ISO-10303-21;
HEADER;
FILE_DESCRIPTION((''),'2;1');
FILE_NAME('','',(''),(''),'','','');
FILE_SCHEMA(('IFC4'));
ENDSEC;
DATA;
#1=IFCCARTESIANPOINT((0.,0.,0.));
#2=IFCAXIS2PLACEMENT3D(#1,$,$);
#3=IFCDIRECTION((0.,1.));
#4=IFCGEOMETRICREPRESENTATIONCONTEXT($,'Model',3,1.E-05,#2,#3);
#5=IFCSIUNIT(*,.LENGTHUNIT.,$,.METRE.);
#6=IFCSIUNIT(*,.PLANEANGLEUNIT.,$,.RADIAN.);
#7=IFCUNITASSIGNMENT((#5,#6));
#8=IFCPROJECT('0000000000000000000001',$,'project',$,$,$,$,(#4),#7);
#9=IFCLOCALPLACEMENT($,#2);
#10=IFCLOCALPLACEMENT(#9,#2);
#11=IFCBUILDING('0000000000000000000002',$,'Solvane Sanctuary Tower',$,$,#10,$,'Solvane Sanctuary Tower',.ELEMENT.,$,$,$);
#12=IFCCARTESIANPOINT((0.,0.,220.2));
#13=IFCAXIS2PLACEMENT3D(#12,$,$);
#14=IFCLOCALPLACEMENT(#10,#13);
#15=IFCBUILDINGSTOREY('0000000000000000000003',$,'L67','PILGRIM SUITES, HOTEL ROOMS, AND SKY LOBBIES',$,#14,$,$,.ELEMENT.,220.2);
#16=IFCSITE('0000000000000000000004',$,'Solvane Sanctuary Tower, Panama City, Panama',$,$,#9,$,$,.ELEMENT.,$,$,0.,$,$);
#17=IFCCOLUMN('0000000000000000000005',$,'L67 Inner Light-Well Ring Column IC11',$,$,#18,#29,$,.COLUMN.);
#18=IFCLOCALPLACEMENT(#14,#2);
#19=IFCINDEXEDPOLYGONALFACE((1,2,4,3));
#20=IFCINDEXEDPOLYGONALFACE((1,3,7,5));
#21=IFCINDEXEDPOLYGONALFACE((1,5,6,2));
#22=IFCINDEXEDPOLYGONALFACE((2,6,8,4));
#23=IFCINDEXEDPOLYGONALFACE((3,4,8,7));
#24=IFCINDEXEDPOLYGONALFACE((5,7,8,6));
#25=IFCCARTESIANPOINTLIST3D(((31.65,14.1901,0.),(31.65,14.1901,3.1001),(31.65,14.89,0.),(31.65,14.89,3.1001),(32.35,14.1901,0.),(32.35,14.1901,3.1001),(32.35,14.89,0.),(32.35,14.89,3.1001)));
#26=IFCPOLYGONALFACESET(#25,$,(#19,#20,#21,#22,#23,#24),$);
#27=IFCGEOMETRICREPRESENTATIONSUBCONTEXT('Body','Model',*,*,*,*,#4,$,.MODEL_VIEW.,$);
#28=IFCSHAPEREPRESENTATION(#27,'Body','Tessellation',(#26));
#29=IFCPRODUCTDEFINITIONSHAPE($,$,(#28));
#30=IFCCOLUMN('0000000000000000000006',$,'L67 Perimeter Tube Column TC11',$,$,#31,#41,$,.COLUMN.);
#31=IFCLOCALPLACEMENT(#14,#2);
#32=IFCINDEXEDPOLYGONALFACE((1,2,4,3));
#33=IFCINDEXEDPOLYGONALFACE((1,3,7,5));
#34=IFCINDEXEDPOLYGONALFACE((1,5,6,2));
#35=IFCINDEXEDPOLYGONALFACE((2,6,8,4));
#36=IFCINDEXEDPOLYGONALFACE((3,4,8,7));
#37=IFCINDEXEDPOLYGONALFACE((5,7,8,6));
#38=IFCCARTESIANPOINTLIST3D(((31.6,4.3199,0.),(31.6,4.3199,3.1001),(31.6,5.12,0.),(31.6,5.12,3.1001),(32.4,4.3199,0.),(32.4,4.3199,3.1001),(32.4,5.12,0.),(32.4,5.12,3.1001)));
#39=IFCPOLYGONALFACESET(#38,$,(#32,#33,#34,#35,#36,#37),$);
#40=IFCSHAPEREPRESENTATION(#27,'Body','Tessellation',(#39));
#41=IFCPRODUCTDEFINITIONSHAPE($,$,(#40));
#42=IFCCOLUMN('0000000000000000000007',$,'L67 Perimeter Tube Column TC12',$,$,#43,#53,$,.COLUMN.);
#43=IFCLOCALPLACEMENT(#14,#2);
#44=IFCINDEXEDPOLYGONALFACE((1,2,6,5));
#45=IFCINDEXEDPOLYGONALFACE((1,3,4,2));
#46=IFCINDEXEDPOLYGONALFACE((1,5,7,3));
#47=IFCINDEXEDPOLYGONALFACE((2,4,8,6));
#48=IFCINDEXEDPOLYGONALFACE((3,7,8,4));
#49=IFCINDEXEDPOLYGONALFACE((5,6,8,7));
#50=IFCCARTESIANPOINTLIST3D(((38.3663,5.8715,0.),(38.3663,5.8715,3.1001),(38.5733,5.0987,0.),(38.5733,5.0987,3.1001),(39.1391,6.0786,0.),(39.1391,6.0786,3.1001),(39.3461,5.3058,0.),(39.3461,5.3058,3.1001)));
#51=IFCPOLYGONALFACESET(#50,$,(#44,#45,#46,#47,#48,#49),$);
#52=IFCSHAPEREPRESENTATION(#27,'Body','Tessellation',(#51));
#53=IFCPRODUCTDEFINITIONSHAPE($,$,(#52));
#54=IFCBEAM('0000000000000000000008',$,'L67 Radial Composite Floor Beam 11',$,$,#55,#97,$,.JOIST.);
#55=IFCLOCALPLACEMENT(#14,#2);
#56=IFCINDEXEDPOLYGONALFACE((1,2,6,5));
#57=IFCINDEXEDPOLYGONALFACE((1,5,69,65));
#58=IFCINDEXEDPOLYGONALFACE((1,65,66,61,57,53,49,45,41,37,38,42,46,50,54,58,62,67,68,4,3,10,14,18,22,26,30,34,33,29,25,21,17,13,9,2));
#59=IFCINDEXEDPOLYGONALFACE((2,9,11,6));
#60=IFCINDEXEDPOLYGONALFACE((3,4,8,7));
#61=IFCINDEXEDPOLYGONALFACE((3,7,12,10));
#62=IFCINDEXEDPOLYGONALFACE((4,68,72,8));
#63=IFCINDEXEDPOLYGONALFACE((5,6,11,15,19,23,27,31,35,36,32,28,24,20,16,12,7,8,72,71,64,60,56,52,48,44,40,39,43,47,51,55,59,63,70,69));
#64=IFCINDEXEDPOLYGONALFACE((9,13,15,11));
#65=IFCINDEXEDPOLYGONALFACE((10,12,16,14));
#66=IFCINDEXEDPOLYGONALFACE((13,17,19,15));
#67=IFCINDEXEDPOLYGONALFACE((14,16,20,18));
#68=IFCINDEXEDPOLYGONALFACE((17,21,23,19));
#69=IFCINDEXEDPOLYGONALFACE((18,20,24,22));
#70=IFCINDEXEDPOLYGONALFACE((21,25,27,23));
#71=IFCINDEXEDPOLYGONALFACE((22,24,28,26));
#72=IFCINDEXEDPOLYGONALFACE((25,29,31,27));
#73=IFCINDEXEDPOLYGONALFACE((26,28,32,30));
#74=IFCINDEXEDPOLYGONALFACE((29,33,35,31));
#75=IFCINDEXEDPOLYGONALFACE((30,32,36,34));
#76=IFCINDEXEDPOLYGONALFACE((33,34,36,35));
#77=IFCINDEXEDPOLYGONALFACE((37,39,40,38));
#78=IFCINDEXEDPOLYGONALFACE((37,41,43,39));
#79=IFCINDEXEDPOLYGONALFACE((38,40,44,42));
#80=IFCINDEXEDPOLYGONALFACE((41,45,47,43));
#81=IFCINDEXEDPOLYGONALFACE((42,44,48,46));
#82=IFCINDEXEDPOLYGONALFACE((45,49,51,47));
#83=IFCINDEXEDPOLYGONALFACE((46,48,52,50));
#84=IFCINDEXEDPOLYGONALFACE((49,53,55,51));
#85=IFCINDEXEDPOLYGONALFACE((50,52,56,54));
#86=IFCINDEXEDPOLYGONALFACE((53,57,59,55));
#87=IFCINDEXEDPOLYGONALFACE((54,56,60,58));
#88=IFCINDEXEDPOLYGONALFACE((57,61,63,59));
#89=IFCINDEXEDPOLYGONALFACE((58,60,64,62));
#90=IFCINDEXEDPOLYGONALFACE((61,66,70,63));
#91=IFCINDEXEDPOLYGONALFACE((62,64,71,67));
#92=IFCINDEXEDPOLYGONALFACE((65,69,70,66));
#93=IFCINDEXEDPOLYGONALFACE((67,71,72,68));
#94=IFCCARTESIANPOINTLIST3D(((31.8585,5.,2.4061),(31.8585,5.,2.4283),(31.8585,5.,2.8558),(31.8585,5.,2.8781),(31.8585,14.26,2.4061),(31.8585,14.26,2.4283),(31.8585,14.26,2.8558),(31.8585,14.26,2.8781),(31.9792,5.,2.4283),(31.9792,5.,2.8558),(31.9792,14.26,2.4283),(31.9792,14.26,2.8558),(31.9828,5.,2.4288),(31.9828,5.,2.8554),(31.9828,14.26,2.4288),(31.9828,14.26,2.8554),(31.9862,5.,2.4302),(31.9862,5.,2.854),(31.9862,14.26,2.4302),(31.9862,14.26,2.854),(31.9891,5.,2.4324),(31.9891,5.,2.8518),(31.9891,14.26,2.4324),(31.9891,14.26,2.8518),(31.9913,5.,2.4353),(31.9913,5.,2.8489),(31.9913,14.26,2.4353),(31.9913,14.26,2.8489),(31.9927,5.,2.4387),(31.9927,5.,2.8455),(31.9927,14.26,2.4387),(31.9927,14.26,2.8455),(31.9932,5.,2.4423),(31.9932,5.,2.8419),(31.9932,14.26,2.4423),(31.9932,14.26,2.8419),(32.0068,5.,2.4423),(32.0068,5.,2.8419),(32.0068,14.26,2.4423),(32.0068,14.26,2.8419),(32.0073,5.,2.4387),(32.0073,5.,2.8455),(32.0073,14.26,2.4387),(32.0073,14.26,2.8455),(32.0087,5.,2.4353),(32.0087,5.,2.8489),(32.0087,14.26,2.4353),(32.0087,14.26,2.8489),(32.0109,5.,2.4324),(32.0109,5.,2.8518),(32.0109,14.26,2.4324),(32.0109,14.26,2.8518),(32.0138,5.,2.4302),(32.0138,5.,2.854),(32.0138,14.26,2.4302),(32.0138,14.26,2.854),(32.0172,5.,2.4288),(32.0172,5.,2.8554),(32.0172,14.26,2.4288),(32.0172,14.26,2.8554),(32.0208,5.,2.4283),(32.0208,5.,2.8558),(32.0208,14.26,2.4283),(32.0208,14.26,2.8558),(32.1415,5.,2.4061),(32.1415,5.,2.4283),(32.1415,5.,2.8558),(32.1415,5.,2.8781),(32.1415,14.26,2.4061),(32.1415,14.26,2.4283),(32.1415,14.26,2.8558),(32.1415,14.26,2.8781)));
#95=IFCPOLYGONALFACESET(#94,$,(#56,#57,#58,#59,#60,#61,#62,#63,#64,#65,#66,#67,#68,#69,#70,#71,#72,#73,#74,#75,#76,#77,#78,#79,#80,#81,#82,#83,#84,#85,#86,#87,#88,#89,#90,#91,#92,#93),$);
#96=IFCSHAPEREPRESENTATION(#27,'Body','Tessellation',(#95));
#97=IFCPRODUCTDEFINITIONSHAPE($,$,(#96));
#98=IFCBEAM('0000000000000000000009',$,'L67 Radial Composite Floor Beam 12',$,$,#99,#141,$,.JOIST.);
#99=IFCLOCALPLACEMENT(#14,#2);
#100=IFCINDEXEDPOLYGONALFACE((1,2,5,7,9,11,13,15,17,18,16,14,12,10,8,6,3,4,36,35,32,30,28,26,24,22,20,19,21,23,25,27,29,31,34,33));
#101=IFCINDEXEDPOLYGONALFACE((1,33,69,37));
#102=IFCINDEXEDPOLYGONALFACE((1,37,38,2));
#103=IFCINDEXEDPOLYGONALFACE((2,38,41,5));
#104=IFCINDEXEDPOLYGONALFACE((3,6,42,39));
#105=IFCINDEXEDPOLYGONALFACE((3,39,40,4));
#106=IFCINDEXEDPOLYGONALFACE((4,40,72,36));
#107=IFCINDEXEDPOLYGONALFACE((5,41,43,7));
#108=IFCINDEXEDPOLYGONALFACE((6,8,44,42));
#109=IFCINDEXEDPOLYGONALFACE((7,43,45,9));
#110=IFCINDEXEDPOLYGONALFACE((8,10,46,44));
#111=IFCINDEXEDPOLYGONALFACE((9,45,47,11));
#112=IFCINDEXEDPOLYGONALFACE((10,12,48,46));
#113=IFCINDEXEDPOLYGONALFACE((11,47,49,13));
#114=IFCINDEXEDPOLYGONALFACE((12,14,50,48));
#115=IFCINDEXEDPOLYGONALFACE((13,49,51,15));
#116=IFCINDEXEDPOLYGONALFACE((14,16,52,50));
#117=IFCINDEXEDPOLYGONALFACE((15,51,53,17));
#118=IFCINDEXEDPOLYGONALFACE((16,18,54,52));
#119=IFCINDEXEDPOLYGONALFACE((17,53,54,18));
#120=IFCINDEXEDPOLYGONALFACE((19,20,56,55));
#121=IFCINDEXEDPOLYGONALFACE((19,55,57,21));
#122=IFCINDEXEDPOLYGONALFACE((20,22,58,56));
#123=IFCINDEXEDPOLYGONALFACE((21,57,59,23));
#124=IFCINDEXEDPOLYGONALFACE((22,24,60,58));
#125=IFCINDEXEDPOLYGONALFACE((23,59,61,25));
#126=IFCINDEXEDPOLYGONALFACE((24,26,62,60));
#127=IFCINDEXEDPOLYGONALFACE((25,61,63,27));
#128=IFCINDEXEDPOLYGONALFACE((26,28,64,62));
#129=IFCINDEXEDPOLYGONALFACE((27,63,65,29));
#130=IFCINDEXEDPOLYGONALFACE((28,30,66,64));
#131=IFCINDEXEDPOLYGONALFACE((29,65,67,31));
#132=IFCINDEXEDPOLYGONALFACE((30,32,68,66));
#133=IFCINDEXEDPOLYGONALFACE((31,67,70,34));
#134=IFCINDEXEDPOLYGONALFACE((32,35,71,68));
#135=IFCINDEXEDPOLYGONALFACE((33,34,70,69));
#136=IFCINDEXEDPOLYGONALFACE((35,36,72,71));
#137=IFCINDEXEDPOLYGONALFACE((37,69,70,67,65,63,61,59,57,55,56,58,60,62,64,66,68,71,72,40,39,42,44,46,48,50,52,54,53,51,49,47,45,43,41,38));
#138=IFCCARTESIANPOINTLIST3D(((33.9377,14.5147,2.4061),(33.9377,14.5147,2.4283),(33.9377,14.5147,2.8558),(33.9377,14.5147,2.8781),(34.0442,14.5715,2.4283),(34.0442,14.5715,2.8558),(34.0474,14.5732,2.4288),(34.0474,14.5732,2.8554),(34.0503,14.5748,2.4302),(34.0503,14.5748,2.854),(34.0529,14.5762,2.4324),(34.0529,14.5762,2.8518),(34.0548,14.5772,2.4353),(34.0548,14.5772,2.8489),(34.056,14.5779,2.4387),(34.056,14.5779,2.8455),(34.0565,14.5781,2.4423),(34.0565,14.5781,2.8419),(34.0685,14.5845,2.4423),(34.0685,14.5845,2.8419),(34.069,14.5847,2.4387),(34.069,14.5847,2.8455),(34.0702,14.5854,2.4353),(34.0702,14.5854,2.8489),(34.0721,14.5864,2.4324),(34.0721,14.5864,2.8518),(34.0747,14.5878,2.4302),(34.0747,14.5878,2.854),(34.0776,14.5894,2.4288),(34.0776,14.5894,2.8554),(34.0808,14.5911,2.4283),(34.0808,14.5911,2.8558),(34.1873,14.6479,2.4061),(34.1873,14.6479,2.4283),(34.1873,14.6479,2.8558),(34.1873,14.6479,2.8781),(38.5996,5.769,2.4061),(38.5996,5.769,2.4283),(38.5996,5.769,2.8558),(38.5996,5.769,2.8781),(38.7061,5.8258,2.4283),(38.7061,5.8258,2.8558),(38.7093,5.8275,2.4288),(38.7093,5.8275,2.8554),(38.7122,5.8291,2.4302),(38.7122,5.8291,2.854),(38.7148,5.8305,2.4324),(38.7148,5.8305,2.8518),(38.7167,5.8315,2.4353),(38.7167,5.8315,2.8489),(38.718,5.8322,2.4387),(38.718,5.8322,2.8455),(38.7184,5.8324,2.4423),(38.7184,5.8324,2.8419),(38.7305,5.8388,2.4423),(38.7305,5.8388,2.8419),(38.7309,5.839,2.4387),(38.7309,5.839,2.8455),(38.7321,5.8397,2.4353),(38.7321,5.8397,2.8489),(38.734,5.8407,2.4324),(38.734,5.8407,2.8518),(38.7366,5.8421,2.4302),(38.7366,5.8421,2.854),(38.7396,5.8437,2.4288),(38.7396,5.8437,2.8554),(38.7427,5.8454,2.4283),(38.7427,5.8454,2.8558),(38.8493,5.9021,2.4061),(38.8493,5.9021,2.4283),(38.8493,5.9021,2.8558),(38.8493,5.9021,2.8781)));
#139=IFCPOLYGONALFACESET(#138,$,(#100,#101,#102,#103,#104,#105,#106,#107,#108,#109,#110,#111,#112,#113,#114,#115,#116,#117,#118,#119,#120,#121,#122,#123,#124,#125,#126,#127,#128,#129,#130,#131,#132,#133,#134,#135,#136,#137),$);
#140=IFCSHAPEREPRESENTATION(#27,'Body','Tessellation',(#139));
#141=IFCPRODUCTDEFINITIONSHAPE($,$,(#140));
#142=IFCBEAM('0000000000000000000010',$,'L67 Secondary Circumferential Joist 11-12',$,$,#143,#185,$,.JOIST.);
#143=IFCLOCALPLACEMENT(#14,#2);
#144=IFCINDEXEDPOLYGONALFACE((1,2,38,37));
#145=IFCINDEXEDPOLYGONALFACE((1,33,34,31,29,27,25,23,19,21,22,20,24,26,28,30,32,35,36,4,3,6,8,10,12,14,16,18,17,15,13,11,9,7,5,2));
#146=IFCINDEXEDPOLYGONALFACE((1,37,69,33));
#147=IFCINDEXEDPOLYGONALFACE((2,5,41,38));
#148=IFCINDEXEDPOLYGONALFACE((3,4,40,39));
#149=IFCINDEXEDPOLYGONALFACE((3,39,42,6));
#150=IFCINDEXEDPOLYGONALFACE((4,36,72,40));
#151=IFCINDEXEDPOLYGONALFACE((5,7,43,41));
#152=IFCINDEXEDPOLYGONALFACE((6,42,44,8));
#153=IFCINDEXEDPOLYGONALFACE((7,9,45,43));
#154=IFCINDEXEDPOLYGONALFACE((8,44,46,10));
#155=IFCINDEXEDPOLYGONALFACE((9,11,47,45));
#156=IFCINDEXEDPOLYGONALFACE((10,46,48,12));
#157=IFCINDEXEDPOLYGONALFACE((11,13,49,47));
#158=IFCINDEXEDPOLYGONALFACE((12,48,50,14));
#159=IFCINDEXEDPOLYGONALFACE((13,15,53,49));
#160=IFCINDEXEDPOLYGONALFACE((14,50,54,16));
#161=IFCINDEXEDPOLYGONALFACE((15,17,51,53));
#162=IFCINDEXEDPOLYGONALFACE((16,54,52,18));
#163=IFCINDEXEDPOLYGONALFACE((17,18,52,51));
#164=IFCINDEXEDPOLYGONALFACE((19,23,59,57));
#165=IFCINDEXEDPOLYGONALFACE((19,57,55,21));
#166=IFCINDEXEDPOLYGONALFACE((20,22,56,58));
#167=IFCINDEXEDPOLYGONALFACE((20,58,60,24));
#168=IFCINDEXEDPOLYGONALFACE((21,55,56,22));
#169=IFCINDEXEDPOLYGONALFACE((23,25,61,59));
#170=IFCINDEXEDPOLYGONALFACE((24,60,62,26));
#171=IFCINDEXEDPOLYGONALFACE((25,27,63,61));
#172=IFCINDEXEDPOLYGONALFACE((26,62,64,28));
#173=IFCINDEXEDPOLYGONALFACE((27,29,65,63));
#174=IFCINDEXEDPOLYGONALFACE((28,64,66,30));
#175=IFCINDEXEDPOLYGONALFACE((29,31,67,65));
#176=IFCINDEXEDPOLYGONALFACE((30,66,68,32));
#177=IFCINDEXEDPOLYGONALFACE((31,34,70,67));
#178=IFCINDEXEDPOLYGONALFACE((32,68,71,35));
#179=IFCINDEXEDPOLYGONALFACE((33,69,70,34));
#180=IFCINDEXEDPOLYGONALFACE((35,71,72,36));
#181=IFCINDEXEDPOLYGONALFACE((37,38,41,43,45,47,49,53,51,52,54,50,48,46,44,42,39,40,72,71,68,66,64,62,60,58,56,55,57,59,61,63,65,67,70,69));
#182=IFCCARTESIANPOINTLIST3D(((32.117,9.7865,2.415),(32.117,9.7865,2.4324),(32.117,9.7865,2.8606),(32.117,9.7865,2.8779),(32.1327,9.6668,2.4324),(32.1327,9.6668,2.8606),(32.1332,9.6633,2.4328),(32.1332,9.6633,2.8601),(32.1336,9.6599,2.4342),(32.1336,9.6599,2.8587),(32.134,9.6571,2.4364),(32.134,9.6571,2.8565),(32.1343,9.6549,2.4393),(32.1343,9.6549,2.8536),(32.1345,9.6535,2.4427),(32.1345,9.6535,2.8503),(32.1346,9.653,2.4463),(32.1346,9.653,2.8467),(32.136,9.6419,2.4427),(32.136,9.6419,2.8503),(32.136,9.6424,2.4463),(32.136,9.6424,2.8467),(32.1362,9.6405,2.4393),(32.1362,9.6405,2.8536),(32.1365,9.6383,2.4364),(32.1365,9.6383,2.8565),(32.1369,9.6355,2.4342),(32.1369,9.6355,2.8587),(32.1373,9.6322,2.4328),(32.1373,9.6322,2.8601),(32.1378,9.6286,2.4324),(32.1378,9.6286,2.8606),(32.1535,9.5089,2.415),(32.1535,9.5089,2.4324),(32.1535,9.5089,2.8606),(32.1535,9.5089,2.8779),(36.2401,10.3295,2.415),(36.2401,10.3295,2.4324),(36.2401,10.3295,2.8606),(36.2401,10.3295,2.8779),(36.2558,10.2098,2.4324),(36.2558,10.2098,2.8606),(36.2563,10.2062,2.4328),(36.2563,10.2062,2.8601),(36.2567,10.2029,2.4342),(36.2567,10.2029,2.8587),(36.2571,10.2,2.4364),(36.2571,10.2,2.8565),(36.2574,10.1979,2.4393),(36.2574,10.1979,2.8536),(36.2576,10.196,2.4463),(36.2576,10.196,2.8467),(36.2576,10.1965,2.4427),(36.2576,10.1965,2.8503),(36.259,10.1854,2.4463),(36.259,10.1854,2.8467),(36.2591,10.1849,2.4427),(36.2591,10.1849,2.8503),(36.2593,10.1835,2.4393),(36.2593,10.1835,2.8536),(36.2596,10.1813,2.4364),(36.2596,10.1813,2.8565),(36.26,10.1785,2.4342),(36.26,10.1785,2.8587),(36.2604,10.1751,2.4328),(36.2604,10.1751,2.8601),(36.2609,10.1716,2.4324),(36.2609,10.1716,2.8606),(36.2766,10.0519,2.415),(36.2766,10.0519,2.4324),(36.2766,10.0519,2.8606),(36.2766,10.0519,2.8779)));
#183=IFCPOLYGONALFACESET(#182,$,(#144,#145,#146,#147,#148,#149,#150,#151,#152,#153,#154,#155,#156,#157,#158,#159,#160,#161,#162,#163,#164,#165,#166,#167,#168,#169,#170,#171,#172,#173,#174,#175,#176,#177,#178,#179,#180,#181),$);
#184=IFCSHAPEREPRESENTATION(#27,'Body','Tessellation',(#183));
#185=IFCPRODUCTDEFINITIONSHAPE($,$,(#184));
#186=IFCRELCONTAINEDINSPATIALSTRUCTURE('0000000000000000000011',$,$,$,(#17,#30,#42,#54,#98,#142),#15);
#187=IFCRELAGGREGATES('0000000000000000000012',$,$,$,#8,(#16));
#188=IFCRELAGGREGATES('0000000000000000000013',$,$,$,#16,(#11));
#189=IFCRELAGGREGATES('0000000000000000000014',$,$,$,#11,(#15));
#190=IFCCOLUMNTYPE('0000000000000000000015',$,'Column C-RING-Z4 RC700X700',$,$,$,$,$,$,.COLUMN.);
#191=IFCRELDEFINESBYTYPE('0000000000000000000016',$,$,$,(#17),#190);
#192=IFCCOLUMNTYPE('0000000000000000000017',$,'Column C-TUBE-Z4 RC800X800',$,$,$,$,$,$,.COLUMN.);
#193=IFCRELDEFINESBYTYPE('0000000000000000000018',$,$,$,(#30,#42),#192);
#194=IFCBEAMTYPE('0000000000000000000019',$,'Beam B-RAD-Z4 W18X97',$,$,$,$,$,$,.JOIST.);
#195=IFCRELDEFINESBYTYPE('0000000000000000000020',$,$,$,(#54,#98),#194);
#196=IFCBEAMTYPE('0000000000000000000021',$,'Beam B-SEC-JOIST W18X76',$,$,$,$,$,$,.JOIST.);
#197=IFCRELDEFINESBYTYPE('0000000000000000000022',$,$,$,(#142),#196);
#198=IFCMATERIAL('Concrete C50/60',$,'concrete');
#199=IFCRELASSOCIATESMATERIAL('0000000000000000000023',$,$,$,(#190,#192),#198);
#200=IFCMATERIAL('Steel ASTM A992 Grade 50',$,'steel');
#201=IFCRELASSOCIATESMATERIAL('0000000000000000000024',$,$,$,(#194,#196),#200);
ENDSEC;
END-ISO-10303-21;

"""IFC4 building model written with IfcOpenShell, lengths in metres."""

from ifc_helpers import new_model, si_unit, direction, frame, origin, origin_2d, place, context, subcontext, project, spatial, rectangle, i_section, extrude, material, material_profile, profile_set, type_object, element, save


model = new_model("IFC4")

# Units and contexts
model_context = context("Model", 3, precision=1e-05, world=origin(), true_north=direction((0.0, 1.0)))
body_context = subcontext(model_context, "Body", "Model", "MODEL_VIEW")
ifc_project = project(units=[si_unit("LENGTHUNIT", "METRE"), si_unit("PLANEANGLEUNIT", "RADIAN")], contexts=[model_context])

# Site, building, storey
site_placement = place(None, origin())
site = spatial("IfcSite", under=ifc_project, at=site_placement, Name="Solvane Sanctuary Tower, Panama City, Panama", CompositionType="ELEMENT", RefElevation=0.0)
building_placement = place(site_placement, origin())
building = spatial("IfcBuilding", under=site, at=building_placement, Name="Solvane Sanctuary Tower", LongName="Solvane Sanctuary Tower", CompositionType="ELEMENT")
storey_placement = place(building_placement, frame((0.0, 0.0, 220.2)))
storey = spatial("IfcBuildingStorey", under=building, at=storey_placement, Name="L67", Description="PILGRIM SUITES, HOTEL ROOMS, AND SKY LOBBIES", CompositionType="ELEMENT", Elevation=220.2)

# Columns
ifc_material_1 = material(Name="Concrete C50/60", Category="concrete")
ifc_material_profile_1 = material_profile(ifc_material_1, rectangle(XDim=0.7, YDim=0.7, at=origin_2d()), Name="RC700X700")
ifc_profile_set_1 = profile_set([ifc_material_profile_1], Name="Concrete C50/60")
column_type_1 = type_object("IfcColumnType", Name="Column C-RING-Z4 RC700X700", PredefinedType="COLUMN", material=ifc_profile_set_1)
column_placement = place(storey_placement, frame((32.0, 14.54, 0.0), z_axis=(0.0, 0.0, 1.0), x_axis=(1.0, 0.0, 0.0)))
element("IfcColumn", 1, at=column_placement, inside=storey, type_object=column_type_1, Name="L67 Inner Light-Well Ring Column IC11", PredefinedType="COLUMN", context=body_context, shape_type="SweptSolid", body=[
    extrude(rectangle(XDim=0.7, YDim=0.7, at=origin_2d()), origin(), (0.0, 0.0, 1.0), 3.1001),
])
ifc_material_profile_2 = material_profile(ifc_material_1, rectangle(XDim=0.8, YDim=0.8, at=origin_2d()), Name="RC800X800")
ifc_profile_set_2 = profile_set([ifc_material_profile_2], Name="Concrete C50/60")
column_type_2 = type_object("IfcColumnType", Name="Column C-TUBE-Z4 RC800X800", PredefinedType="COLUMN", material=ifc_profile_set_2)
for number, where, z_axis, x_axis, name in (
    (2, (32.0, 4.72, 0.0), (0.0, 0.0, 1.0), (0.0, -1.0, 0.0), "L67 Perimeter Tube Column TC11"),
    (3, (38.8562, 5.5886, 0.0), (0.0, 0.0, 1.0), (0.258819, -0.965926, 0.0), "L67 Perimeter Tube Column TC12"),
):
    element("IfcColumn", number, at=place(storey_placement, frame(where, z_axis=z_axis, x_axis=x_axis)), inside=storey, type_object=column_type_2, Name=name, PredefinedType="COLUMN", context=body_context, shape_type="SweptSolid", body=[
        extrude(rectangle(XDim=0.8, YDim=0.8, at=origin_2d()), origin(), (0.0, 0.0, 1.0), 3.1001),
    ])

# Beams
ifc_material_2 = material(Name="Steel ASTM A992 Grade 50", Category="steel")
ifc_material_profile_3 = material_profile(ifc_material_2, i_section(OverallWidth=0.283, OverallDepth=0.4719, WebThickness=0.0137, FlangeThickness=0.0222, FilletRadius=0.0139, at=origin_2d()), Name="W18X97")
ifc_profile_set_3 = profile_set([ifc_material_profile_3], Name="Steel ASTM A992 Grade 50")
beam_type_1 = type_object("IfcBeamType", Name="Beam B-RAD-Z4 W18X97", PredefinedType="JOIST", material=ifc_profile_set_3)
beam_1_placement = place(storey_placement, frame((32.0, 14.26, 2.6421), z_axis=(0.0, -1.0, 0.0), x_axis=(1.0, 0.0, 0.0)))
element("IfcBeam", 4, at=beam_1_placement, inside=storey, type_object=beam_type_1, Name="L67 Radial Composite Floor Beam 11", PredefinedType="JOIST", context=body_context, shape_type="SweptSolid", body=[
    extrude(i_section(OverallWidth=0.283, OverallDepth=0.4719, WebThickness=0.0137, FlangeThickness=0.0222, FilletRadius=0.0139, at=origin_2d()), origin(), (0.0, 0.0, 1.0), 9.26),
])
beam_2_placement = place(storey_placement, frame((34.0625, 14.5813, 2.6421), z_axis=(0.470395, -0.882456, 0.0), x_axis=(0.882456, 0.470395, 0.0)))
element("IfcBeam", 5, at=beam_2_placement, inside=storey, type_object=beam_type_1, Name="L67 Radial Composite Floor Beam 12", PredefinedType="JOIST", context=body_context, shape_type="SweptSolid", body=[
    extrude(i_section(OverallWidth=0.283, OverallDepth=0.4719, WebThickness=0.0137, FlangeThickness=0.0222, FilletRadius=0.0139, at=origin_2d()), origin(), (0.0, 0.0, 1.0), 9.9106),
])
ifc_material_profile_4 = material_profile(ifc_material_2, i_section(OverallWidth=0.28, OverallDepth=0.4629, WebThickness=0.0107, FlangeThickness=0.0173, FilletRadius=0.0139, at=origin_2d()), Name="W18X76")
ifc_profile_set_4 = profile_set([ifc_material_profile_4], Name="Steel ASTM A992 Grade 50")
beam_type_2 = type_object("IfcBeamType", Name="Beam B-SEC-JOIST W18X76", PredefinedType="JOIST", material=ifc_profile_set_4)
beam_3_placement = place(storey_placement, frame((32.1353, 9.6477, 2.6465), z_axis=(0.99144, 0.130564, 0.0), x_axis=(-0.130564, 0.99144, 0.0)))
element("IfcBeam", 6, at=beam_3_placement, inside=storey, type_object=beam_type_2, Name="L67 Secondary Circumferential Joist 11-12", PredefinedType="JOIST", context=body_context, shape_type="SweptSolid", body=[
    extrude(i_section(OverallWidth=0.28, OverallDepth=0.4629, WebThickness=0.0107, FlangeThickness=0.0173, FilletRadius=0.0139, at=origin_2d()), origin(), (0.0, 0.0, 1.0), 4.1587),
])

save(model, "model.ifc")
